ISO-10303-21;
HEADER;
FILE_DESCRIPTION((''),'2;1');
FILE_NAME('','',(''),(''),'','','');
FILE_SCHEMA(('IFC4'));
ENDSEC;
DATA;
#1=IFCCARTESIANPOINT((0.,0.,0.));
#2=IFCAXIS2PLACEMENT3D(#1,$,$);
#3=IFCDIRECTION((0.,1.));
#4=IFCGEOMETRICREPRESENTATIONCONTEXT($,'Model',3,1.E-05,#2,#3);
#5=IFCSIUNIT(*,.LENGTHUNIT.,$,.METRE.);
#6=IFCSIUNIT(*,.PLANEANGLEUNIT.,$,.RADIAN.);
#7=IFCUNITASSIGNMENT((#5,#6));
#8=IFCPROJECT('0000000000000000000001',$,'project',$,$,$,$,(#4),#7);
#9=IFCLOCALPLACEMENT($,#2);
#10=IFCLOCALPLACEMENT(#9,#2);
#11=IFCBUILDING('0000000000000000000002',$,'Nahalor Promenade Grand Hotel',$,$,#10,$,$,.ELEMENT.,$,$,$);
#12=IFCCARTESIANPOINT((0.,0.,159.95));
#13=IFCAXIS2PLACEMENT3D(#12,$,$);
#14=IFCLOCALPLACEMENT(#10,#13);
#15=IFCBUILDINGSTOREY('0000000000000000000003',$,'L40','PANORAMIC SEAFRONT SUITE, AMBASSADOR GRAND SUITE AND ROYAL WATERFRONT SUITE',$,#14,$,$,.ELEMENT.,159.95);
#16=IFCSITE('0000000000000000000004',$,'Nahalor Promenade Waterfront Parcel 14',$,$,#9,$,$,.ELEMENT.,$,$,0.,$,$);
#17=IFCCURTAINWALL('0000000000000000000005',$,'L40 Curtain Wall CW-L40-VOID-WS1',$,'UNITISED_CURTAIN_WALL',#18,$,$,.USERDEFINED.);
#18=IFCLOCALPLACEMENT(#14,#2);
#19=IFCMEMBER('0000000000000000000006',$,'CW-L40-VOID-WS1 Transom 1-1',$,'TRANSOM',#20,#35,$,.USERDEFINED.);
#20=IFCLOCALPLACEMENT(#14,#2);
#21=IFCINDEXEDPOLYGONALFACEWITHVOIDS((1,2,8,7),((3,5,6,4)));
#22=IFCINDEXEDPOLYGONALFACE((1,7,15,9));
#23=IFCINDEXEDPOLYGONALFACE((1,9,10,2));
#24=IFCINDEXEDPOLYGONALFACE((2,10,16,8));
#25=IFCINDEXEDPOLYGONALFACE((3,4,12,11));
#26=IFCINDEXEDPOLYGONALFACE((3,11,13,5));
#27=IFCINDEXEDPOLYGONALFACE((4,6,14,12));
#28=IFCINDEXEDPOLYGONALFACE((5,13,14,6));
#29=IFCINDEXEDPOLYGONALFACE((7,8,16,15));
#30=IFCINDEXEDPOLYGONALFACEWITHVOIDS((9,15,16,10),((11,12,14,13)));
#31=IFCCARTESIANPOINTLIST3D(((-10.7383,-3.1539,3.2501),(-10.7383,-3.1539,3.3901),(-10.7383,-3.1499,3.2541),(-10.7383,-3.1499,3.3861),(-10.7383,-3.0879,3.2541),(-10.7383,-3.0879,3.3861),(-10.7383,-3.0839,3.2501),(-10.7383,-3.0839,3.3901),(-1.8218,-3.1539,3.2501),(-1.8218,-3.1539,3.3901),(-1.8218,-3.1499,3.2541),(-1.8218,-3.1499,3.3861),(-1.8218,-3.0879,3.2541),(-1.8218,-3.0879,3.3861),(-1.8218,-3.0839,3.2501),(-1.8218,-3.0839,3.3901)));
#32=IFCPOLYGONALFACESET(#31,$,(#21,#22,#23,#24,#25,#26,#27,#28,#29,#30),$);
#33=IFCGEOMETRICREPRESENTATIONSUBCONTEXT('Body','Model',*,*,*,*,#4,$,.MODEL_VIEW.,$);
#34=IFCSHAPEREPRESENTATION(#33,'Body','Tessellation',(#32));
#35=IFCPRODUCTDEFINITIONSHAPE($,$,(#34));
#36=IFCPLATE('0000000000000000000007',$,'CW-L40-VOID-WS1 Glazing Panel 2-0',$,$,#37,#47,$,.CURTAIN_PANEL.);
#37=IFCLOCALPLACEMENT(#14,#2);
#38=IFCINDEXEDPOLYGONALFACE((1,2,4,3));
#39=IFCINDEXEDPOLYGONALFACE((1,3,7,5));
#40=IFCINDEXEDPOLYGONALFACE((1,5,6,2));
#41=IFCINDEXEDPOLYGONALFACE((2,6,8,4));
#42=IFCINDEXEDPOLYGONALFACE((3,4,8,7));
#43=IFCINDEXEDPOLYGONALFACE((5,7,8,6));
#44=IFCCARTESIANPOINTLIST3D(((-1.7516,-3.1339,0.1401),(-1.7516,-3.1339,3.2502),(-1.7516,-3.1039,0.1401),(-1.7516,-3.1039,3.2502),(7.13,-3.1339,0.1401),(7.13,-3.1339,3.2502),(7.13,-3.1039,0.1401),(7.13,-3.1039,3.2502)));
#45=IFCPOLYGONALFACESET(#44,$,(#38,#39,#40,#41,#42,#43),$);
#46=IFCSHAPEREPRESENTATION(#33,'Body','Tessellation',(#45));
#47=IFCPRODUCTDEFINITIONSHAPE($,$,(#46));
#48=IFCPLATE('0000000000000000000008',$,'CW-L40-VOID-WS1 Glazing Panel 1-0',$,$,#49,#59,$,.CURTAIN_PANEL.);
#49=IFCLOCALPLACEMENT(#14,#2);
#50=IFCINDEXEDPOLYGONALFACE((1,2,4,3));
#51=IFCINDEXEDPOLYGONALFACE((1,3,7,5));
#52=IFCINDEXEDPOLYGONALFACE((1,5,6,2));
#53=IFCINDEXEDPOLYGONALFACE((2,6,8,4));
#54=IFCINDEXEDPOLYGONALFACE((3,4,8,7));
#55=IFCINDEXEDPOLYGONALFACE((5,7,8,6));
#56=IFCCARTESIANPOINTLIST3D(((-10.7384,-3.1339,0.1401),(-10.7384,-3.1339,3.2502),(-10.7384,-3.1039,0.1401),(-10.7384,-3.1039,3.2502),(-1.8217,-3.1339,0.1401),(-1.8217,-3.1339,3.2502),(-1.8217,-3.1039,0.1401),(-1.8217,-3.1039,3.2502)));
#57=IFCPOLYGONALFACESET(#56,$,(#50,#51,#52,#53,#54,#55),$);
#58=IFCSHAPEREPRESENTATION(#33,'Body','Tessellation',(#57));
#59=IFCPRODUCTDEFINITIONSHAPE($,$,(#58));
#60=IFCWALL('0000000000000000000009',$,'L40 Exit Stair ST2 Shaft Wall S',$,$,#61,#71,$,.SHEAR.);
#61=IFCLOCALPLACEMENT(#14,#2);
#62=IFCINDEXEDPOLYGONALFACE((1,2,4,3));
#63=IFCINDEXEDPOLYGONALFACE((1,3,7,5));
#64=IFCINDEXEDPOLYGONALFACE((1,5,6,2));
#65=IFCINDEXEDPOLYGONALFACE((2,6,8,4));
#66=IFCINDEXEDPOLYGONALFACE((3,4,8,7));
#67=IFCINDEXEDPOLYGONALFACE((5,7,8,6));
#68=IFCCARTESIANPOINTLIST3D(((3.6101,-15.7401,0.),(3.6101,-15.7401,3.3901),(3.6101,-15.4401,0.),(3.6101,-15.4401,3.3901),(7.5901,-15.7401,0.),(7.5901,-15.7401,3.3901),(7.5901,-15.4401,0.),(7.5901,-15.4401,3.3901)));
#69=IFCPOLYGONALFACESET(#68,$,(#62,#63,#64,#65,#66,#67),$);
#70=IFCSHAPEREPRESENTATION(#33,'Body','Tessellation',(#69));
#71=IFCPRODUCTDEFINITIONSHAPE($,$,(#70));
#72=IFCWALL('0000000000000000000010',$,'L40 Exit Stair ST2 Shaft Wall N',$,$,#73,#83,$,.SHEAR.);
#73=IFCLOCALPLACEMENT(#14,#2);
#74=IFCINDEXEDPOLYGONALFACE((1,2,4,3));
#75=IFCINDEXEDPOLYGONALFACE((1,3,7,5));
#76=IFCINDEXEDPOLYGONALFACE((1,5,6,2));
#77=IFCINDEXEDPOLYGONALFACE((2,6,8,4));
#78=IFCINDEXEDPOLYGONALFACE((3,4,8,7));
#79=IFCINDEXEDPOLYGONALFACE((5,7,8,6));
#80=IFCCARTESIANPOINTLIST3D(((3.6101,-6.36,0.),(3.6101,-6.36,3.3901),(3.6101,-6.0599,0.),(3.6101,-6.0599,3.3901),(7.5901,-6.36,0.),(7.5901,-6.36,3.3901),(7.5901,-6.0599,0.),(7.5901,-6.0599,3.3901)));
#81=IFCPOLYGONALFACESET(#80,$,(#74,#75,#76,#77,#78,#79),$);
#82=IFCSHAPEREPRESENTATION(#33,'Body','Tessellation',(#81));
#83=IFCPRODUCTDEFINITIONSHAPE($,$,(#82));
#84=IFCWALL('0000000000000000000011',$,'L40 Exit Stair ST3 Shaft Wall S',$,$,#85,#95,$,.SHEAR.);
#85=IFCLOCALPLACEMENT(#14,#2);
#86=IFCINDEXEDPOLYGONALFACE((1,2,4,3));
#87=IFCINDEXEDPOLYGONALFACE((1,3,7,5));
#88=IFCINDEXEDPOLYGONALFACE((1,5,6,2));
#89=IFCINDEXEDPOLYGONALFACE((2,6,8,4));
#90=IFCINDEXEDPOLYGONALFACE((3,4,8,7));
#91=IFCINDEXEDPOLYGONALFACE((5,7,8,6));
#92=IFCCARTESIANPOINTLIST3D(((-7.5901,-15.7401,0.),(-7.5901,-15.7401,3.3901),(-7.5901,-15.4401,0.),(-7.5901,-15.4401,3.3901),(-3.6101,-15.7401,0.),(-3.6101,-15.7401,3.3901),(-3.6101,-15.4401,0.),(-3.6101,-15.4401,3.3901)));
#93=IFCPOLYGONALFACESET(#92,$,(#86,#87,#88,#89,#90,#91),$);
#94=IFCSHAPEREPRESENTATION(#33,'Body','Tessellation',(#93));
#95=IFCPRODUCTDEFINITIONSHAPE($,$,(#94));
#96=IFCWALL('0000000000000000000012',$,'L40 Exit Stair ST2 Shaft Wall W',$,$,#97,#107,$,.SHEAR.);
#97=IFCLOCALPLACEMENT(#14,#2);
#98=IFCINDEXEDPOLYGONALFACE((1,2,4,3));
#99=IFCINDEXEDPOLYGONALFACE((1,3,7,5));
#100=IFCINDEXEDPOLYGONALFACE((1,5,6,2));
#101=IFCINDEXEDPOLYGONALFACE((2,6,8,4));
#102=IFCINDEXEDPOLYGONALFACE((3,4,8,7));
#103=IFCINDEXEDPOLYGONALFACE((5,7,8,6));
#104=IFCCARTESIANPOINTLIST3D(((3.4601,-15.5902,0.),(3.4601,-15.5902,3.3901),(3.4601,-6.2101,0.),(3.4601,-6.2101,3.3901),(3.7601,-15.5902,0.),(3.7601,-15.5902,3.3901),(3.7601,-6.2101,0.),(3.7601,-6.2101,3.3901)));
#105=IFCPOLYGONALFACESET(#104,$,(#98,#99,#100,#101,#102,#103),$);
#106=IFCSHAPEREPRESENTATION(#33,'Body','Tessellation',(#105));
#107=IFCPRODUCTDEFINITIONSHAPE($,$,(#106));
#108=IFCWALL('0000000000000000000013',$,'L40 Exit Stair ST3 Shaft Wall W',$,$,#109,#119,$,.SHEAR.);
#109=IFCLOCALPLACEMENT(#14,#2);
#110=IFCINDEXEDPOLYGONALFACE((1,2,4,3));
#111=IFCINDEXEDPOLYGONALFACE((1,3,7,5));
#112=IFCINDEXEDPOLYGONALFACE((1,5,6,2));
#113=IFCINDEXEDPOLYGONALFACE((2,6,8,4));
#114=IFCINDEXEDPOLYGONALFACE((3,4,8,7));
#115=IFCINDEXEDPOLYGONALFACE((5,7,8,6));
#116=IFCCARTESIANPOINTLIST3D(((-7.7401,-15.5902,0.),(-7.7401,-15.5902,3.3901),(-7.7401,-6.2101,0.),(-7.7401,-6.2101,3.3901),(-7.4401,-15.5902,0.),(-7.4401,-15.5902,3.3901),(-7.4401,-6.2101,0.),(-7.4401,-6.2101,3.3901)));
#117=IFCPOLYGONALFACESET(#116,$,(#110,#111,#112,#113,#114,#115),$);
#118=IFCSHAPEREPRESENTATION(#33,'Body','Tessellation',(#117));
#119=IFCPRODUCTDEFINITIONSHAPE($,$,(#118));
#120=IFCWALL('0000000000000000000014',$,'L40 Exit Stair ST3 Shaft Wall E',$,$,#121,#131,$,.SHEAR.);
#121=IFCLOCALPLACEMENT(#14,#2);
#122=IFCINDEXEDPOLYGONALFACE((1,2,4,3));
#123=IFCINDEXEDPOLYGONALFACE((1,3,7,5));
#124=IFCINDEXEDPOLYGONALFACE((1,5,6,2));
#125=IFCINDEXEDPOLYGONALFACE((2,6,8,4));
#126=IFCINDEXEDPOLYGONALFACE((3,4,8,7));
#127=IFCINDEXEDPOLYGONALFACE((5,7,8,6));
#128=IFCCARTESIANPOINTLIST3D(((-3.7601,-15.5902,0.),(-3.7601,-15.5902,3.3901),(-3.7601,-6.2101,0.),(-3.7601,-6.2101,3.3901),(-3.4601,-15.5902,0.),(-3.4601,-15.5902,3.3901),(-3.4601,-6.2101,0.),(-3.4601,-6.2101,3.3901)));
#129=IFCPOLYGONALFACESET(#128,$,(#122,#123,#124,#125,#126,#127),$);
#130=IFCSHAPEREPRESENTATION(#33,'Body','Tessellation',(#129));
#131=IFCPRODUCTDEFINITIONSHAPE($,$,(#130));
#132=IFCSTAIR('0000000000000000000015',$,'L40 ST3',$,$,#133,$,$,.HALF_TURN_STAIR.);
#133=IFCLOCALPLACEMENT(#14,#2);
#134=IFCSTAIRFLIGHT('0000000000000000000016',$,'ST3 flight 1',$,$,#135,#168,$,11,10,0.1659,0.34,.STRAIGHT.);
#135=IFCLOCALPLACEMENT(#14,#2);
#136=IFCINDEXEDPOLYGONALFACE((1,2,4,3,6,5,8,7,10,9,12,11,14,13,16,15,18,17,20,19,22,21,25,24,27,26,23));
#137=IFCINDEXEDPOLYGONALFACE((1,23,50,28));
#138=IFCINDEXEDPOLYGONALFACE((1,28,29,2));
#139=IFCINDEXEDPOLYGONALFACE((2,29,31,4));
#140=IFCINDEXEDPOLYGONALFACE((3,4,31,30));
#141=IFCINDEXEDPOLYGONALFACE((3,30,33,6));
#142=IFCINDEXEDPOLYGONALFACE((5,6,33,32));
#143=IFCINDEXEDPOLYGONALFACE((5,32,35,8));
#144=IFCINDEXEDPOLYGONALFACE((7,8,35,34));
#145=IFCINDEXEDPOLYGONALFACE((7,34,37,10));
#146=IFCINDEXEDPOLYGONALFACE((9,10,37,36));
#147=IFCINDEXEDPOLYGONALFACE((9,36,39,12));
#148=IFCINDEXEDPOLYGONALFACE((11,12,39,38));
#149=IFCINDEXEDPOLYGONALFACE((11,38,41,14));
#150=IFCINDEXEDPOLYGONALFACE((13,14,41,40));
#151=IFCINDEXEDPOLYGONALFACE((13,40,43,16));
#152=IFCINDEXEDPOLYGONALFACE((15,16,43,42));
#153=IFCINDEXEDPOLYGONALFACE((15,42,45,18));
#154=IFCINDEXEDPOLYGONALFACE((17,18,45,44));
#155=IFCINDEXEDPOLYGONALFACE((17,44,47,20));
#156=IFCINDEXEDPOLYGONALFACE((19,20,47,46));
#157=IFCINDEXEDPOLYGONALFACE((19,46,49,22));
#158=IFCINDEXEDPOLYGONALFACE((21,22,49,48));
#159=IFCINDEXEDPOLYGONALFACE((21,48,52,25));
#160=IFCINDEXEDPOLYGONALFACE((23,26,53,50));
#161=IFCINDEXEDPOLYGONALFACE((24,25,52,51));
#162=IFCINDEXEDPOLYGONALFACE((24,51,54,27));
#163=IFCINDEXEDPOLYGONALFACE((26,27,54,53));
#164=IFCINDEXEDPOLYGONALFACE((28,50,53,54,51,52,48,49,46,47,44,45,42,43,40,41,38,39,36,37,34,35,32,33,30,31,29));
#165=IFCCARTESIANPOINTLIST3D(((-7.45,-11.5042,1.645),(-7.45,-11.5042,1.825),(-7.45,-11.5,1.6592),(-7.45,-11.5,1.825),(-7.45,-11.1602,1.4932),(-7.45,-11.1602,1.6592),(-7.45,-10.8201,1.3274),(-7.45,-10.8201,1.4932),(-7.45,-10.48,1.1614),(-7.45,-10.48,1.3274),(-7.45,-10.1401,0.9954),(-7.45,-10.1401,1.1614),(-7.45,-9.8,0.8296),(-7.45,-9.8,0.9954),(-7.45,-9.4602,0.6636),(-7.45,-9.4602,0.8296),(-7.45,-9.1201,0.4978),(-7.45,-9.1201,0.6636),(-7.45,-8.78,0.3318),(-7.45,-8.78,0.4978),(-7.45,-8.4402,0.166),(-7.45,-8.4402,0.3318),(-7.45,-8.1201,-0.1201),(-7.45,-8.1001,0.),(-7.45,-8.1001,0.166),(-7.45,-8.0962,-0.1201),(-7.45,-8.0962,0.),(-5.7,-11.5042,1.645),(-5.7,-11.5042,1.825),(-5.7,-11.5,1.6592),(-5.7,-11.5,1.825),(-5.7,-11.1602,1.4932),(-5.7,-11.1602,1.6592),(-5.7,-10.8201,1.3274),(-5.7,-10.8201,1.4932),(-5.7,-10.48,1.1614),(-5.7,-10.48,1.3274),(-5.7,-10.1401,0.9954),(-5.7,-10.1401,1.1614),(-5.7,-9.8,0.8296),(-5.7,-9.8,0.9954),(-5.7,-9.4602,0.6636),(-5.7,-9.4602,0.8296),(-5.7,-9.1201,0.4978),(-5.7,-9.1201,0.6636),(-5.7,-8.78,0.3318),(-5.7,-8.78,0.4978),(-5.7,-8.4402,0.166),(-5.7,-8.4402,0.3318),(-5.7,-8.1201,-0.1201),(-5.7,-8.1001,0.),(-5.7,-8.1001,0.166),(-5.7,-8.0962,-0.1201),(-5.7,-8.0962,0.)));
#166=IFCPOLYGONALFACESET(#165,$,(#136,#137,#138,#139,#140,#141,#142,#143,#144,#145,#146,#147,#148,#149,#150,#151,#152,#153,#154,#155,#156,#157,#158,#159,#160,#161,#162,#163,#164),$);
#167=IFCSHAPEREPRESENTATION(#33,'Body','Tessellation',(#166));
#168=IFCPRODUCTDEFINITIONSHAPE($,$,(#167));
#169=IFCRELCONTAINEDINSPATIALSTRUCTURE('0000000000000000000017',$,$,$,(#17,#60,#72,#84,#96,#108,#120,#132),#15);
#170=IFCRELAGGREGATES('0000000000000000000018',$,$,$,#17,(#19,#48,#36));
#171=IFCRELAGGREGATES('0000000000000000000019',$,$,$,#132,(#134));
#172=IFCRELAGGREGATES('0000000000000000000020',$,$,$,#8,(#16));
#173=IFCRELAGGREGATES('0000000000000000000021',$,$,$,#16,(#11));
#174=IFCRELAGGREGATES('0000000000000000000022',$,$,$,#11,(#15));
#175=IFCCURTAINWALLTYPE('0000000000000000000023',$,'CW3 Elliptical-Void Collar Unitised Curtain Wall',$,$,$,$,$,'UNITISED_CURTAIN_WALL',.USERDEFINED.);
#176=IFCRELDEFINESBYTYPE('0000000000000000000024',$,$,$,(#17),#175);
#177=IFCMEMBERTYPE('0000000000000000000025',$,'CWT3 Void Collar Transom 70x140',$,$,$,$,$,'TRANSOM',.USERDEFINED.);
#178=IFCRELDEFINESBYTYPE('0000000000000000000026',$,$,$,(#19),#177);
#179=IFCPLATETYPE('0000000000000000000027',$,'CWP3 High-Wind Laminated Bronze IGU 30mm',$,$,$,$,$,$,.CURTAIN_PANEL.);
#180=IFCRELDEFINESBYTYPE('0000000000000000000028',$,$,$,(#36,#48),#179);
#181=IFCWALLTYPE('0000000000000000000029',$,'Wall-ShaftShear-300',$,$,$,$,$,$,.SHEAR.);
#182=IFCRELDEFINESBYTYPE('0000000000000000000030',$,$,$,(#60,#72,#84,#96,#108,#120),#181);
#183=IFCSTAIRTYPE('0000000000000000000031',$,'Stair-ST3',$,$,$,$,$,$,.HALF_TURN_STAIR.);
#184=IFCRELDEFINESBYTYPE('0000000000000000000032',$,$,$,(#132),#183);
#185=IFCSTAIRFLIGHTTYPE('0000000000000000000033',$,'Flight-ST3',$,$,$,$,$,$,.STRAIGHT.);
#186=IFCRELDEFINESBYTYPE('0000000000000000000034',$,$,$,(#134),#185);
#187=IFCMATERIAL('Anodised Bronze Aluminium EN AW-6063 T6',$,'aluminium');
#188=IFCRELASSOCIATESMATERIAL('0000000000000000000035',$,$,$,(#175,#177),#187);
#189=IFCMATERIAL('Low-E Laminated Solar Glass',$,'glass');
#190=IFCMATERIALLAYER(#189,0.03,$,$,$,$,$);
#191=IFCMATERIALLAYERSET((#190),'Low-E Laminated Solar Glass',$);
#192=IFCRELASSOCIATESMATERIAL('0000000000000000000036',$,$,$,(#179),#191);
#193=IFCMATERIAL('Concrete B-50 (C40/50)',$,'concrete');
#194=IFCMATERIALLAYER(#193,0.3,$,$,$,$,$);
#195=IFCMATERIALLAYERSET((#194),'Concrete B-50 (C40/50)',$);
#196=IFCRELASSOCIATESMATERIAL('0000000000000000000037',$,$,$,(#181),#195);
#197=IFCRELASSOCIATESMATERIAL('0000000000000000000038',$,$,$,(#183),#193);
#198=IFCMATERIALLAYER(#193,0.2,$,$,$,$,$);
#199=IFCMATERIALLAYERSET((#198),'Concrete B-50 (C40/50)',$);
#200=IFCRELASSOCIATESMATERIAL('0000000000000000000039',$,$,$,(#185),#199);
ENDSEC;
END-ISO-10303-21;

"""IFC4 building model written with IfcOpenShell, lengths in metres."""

from ifc_helpers import new_model, si_unit, direction, frame, frame_2d, origin, origin_2d, place, context, subcontext, project, spatial, polyline, rectangle, hollow_rectangle, outline, extrude, source, transform, mapped, material, layer, layer_set, material_profile, profile_set, type_object, element, aggregate, save


model = new_model("IFC4")

# Units and contexts
model_context = context("Model", 3, precision=1e-05, world=origin(), true_north=direction((0.0, 1.0)))
body_context = subcontext(model_context, "Body", "Model", "MODEL_VIEW")
ifc_project = project(units=[si_unit("LENGTHUNIT", "METRE"), si_unit("PLANEANGLEUNIT", "RADIAN")], contexts=[model_context])

# Site, building, storey
site_placement = place(None, origin())
site = spatial("IfcSite", under=ifc_project, at=site_placement, Name="Nahalor Promenade Waterfront Parcel 14", CompositionType="ELEMENT", RefElevation=0.0)
building_placement = place(site_placement, origin())
building = spatial("IfcBuilding", under=site, at=building_placement, Name="Nahalor Promenade Grand Hotel", CompositionType="ELEMENT")
storey_placement = place(building_placement, frame((0.0, 0.0, 159.95)))
storey = spatial("IfcBuildingStorey", under=building, at=storey_placement, Name="L40", Description="PANORAMIC SEAFRONT SUITE, AMBASSADOR GRAND SUITE AND ROYAL WATERFRONT SUITE", CompositionType="ELEMENT", Elevation=159.95)

# Curtain wall, member, plates
ifc_material_1 = material(Name="Anodised Bronze Aluminium EN AW-6063 T6", Category="aluminium")
curtain_wall_type = type_object("IfcCurtainWallType", Name="CW3 Elliptical-Void Collar Unitised Curtain Wall", ElementType="UNITISED_CURTAIN_WALL", PredefinedType="USERDEFINED", material=ifc_material_1)
curtain_wall_placement = place(storey_placement, origin())
curtain_wall = element("IfcCurtainWall", 1, at=curtain_wall_placement, inside=storey, type_object=curtain_wall_type, Name="L40 Curtain Wall CW-L40-VOID-WS1", ObjectType="UNITISED_CURTAIN_WALL", PredefinedType="USERDEFINED")
ifc_material_profile_1 = material_profile(ifc_material_1, hollow_rectangle(XDim=0.07, YDim=0.14, WallThickness=0.004, at=origin_2d()), Name="CWT 70x140x4")
ifc_profile_set_1 = profile_set([ifc_material_profile_1], Name="Anodised Bronze Aluminium EN AW-6063 T6")
member_type_1 = type_object("IfcMemberType", Name="CWT3 Void Collar Transom 70x140", ElementType="TRANSOM", PredefinedType="USERDEFINED", material=ifc_profile_set_1)
shared_shape_1 = source(origin(), body_context, "Body", "SweptSolid", [
    extrude(hollow_rectangle(XDim=0.07, YDim=0.14, WallThickness=0.004, at=origin_2d()), origin(), (0.0, 0.0, 1.0), 8.9165),
])
member_1_placement = place(storey_placement, frame((-10.7383, -3.1189, 3.3201), z_axis=(1.0, 0.0, 0.0), x_axis=(0.0, 1.0, 0.0)))
member_1 = element("IfcMember", 2, at=member_1_placement, type_object=member_type_1, Name="CW-L40-VOID-WS1 Transom 1-1", ObjectType="TRANSOM", PredefinedType="USERDEFINED", context=body_context, shape_type="MappedRepresentation", body=[
    mapped(shared_shape_1, transform((0.0, 0.0, 0.0), scale=1.0)),
])
ifc_material_2 = material(Name="Low-E Laminated Solar Glass", Category="glass")
ifc_layer_1 = layer(ifc_material_2, 0.03)
ifc_layer_set_1 = layer_set([ifc_layer_1], Name="Low-E Laminated Solar Glass")
plate_type = type_object("IfcPlateType", Name="CWP3 High-Wind Laminated Bronze IGU 30mm", PredefinedType="CURTAIN_PANEL", material=ifc_layer_set_1)
shared_shape_2 = source(origin(), body_context, "Body", "SweptSolid", [
    extrude(rectangle(XDim=8.8816, YDim=0.03, at=origin_2d()), origin(), (0.0, 0.0, 1.0), 3.1101),
])
plate_1_placement = place(storey_placement, frame((2.6892, -3.1189, 0.1401), z_axis=(0.0, 0.0, 1.0), x_axis=(1.0, 0.0, 0.0)))
plate_1 = element("IfcPlate", 3, at=plate_1_placement, type_object=plate_type, Name="CW-L40-VOID-WS1 Glazing Panel 2-0", PredefinedType="CURTAIN_PANEL", context=body_context, shape_type="MappedRepresentation", body=[
    mapped(shared_shape_2, transform((0.0, 0.0, 0.0), scale=1.0)),
])
shared_shape_3 = source(origin(), body_context, "Body", "SweptSolid", [
    extrude(rectangle(XDim=8.9167, YDim=0.03, at=origin_2d()), origin(), (0.0, 0.0, 1.0), 3.1101),
])
plate_2_placement = place(storey_placement, frame((-6.28, -3.1189, 0.1401), z_axis=(0.0, 0.0, 1.0), x_axis=(1.0, 0.0, 0.0)))
plate_2 = element("IfcPlate", 4, at=plate_2_placement, type_object=plate_type, Name="CW-L40-VOID-WS1 Glazing Panel 1-0", PredefinedType="CURTAIN_PANEL", context=body_context, shape_type="MappedRepresentation", body=[
    mapped(shared_shape_3, transform((0.0, 0.0, 0.0), scale=1.0)),
])
aggregate(curtain_wall, [member_1, plate_2, plate_1])

# Walls
ifc_material_3 = material(Name="Concrete B-50 (C40/50)", Category="concrete")
ifc_layer_2 = layer(ifc_material_3, 0.3)
ifc_layer_set_2 = layer_set([ifc_layer_2], Name="Concrete B-50 (C40/50)")
wall_type_1 = type_object("IfcWallType", Name="Wall-ShaftShear-300", PredefinedType="SHEAR", material=ifc_layer_set_2)
shared_shape_4 = source(origin(), body_context, "Body", "SweptSolid", [
    extrude(rectangle(XDim=3.98, YDim=0.3, at=frame_2d((1.99, 0.0))), origin(), (0.0, 0.0, 1.0), 3.3901),
])
for number, where, z_axis, x_axis, name in (
    (5, (3.6101, -15.5901, 0.0), (0.0, 0.0, 1.0), (1.0, 0.0, 0.0), "L40 Exit Stair ST2 Shaft Wall S"),
    (6, (3.6101, -6.21, 0.0), (0.0, 0.0, 1.0), (1.0, 0.0, 0.0), "L40 Exit Stair ST2 Shaft Wall N"),
    (7, (-7.5901, -15.5901, 0.0), (0.0, 0.0, 1.0), (1.0, 0.0, 0.0), "L40 Exit Stair ST3 Shaft Wall S"),
):
    element("IfcWall", number, at=place(storey_placement, frame(where, z_axis=z_axis, x_axis=x_axis)), inside=storey, type_object=wall_type_1, Name=name, PredefinedType="SHEAR", context=body_context, shape_type="MappedRepresentation", body=[
        mapped(shared_shape_4, transform((0.0, 0.0, 0.0), scale=1.0)),
    ])

# Walls
shared_shape_5 = source(origin(), body_context, "Body", "SweptSolid", [
    extrude(rectangle(XDim=9.3801, YDim=0.3, at=frame_2d((4.6899, 0.0))), origin(), (0.0, 0.0, 1.0), 3.3901),
])
for number, where, z_axis, x_axis, name in (
    (8, (3.6101, -15.5901, 0.0), (0.0, 0.0, 1.0), (0.0, 1.0, 0.0), "L40 Exit Stair ST2 Shaft Wall W"),
    (9, (-7.5901, -15.5901, 0.0), (0.0, 0.0, 1.0), (0.0, 1.0, 0.0), "L40 Exit Stair ST3 Shaft Wall W"),
    (10, (-3.6101, -15.5901, 0.0), (0.0, 0.0, 1.0), (0.0, 1.0, 0.0), "L40 Exit Stair ST3 Shaft Wall E"),
):
    element("IfcWall", number, at=place(storey_placement, frame(where, z_axis=z_axis, x_axis=x_axis)), inside=storey, type_object=wall_type_1, Name=name, PredefinedType="SHEAR", context=body_context, shape_type="MappedRepresentation", body=[
        mapped(shared_shape_5, transform((0.0, 0.0, 0.0), scale=1.0)),
    ])

# Stair, stair flight
stair_type = type_object("IfcStairType", Name="Stair-ST3", PredefinedType="HALF_TURN_STAIR", material=ifc_material_3)
stair_placement = place(storey_placement, origin())
stair = element("IfcStair", 11, at=stair_placement, inside=storey, type_object=stair_type, Name="L40 ST3", PredefinedType="HALF_TURN_STAIR")
ifc_layer_3 = layer(ifc_material_3, 0.2)
ifc_layer_set_3 = layer_set([ifc_layer_3], Name="Concrete B-50 (C40/50)")
stair_flight_type = type_object("IfcStairFlightType", Name="Flight-ST3", PredefinedType="STRAIGHT", material=ifc_layer_set_3)
shared_shape_6 = source(origin(), body_context, "Body", "SweptSolid", [
    extrude(outline(polyline([(-0.0039, -0.1201), (-0.0039, 0.0), (0.0, 0.0), (0.0, 0.166), (0.3401, 0.166), (0.3401, 0.3318), (0.6799, 0.3318), (0.6799, 0.4978), (1.02, 0.4978), (1.02, 0.6636), (1.3601, 0.6636), (1.3601, 0.8296), (1.7, 0.8296), (1.7, 0.9954), (2.04, 0.9954), (2.04, 1.1614), (2.3799, 1.1614), (2.3799, 1.3274), (2.72, 1.3274), (2.72, 1.4932), (3.0601, 1.4932), (3.0601, 1.6592), (3.3999, 1.6592), (3.3999, 1.825), (3.4041, 1.825), (3.4041, 1.645), (0.02, -0.1201), (-0.0039, -0.1201)])), frame((0.0, 0.875, 0.0), z_axis=(0.0, -1.0, 0.0), x_axis=(1.0, 0.0, 0.0)), (0.0, 0.0, 1.0), 1.75),
])
stair_flight_1_placement = place(storey_placement, frame((-6.575, -8.1001, 0.0), z_axis=(0.0, 0.0, 1.0), x_axis=(0.0, -1.0, 0.0)))
stair_flight_1 = element("IfcStairFlight", 12, at=stair_flight_1_placement, type_object=stair_flight_type, Name="ST3 flight 1", NumberOfRisers=11, NumberOfTreads=10, PredefinedType="STRAIGHT", RiserHeight=0.1659, TreadLength=0.34, context=body_context, shape_type="MappedRepresentation", body=[
    mapped(shared_shape_6, transform((0.0, 0.0, 0.0), scale=1.0)),
])
aggregate(stair, [stair_flight_1])

save(model, "model.ifc")
